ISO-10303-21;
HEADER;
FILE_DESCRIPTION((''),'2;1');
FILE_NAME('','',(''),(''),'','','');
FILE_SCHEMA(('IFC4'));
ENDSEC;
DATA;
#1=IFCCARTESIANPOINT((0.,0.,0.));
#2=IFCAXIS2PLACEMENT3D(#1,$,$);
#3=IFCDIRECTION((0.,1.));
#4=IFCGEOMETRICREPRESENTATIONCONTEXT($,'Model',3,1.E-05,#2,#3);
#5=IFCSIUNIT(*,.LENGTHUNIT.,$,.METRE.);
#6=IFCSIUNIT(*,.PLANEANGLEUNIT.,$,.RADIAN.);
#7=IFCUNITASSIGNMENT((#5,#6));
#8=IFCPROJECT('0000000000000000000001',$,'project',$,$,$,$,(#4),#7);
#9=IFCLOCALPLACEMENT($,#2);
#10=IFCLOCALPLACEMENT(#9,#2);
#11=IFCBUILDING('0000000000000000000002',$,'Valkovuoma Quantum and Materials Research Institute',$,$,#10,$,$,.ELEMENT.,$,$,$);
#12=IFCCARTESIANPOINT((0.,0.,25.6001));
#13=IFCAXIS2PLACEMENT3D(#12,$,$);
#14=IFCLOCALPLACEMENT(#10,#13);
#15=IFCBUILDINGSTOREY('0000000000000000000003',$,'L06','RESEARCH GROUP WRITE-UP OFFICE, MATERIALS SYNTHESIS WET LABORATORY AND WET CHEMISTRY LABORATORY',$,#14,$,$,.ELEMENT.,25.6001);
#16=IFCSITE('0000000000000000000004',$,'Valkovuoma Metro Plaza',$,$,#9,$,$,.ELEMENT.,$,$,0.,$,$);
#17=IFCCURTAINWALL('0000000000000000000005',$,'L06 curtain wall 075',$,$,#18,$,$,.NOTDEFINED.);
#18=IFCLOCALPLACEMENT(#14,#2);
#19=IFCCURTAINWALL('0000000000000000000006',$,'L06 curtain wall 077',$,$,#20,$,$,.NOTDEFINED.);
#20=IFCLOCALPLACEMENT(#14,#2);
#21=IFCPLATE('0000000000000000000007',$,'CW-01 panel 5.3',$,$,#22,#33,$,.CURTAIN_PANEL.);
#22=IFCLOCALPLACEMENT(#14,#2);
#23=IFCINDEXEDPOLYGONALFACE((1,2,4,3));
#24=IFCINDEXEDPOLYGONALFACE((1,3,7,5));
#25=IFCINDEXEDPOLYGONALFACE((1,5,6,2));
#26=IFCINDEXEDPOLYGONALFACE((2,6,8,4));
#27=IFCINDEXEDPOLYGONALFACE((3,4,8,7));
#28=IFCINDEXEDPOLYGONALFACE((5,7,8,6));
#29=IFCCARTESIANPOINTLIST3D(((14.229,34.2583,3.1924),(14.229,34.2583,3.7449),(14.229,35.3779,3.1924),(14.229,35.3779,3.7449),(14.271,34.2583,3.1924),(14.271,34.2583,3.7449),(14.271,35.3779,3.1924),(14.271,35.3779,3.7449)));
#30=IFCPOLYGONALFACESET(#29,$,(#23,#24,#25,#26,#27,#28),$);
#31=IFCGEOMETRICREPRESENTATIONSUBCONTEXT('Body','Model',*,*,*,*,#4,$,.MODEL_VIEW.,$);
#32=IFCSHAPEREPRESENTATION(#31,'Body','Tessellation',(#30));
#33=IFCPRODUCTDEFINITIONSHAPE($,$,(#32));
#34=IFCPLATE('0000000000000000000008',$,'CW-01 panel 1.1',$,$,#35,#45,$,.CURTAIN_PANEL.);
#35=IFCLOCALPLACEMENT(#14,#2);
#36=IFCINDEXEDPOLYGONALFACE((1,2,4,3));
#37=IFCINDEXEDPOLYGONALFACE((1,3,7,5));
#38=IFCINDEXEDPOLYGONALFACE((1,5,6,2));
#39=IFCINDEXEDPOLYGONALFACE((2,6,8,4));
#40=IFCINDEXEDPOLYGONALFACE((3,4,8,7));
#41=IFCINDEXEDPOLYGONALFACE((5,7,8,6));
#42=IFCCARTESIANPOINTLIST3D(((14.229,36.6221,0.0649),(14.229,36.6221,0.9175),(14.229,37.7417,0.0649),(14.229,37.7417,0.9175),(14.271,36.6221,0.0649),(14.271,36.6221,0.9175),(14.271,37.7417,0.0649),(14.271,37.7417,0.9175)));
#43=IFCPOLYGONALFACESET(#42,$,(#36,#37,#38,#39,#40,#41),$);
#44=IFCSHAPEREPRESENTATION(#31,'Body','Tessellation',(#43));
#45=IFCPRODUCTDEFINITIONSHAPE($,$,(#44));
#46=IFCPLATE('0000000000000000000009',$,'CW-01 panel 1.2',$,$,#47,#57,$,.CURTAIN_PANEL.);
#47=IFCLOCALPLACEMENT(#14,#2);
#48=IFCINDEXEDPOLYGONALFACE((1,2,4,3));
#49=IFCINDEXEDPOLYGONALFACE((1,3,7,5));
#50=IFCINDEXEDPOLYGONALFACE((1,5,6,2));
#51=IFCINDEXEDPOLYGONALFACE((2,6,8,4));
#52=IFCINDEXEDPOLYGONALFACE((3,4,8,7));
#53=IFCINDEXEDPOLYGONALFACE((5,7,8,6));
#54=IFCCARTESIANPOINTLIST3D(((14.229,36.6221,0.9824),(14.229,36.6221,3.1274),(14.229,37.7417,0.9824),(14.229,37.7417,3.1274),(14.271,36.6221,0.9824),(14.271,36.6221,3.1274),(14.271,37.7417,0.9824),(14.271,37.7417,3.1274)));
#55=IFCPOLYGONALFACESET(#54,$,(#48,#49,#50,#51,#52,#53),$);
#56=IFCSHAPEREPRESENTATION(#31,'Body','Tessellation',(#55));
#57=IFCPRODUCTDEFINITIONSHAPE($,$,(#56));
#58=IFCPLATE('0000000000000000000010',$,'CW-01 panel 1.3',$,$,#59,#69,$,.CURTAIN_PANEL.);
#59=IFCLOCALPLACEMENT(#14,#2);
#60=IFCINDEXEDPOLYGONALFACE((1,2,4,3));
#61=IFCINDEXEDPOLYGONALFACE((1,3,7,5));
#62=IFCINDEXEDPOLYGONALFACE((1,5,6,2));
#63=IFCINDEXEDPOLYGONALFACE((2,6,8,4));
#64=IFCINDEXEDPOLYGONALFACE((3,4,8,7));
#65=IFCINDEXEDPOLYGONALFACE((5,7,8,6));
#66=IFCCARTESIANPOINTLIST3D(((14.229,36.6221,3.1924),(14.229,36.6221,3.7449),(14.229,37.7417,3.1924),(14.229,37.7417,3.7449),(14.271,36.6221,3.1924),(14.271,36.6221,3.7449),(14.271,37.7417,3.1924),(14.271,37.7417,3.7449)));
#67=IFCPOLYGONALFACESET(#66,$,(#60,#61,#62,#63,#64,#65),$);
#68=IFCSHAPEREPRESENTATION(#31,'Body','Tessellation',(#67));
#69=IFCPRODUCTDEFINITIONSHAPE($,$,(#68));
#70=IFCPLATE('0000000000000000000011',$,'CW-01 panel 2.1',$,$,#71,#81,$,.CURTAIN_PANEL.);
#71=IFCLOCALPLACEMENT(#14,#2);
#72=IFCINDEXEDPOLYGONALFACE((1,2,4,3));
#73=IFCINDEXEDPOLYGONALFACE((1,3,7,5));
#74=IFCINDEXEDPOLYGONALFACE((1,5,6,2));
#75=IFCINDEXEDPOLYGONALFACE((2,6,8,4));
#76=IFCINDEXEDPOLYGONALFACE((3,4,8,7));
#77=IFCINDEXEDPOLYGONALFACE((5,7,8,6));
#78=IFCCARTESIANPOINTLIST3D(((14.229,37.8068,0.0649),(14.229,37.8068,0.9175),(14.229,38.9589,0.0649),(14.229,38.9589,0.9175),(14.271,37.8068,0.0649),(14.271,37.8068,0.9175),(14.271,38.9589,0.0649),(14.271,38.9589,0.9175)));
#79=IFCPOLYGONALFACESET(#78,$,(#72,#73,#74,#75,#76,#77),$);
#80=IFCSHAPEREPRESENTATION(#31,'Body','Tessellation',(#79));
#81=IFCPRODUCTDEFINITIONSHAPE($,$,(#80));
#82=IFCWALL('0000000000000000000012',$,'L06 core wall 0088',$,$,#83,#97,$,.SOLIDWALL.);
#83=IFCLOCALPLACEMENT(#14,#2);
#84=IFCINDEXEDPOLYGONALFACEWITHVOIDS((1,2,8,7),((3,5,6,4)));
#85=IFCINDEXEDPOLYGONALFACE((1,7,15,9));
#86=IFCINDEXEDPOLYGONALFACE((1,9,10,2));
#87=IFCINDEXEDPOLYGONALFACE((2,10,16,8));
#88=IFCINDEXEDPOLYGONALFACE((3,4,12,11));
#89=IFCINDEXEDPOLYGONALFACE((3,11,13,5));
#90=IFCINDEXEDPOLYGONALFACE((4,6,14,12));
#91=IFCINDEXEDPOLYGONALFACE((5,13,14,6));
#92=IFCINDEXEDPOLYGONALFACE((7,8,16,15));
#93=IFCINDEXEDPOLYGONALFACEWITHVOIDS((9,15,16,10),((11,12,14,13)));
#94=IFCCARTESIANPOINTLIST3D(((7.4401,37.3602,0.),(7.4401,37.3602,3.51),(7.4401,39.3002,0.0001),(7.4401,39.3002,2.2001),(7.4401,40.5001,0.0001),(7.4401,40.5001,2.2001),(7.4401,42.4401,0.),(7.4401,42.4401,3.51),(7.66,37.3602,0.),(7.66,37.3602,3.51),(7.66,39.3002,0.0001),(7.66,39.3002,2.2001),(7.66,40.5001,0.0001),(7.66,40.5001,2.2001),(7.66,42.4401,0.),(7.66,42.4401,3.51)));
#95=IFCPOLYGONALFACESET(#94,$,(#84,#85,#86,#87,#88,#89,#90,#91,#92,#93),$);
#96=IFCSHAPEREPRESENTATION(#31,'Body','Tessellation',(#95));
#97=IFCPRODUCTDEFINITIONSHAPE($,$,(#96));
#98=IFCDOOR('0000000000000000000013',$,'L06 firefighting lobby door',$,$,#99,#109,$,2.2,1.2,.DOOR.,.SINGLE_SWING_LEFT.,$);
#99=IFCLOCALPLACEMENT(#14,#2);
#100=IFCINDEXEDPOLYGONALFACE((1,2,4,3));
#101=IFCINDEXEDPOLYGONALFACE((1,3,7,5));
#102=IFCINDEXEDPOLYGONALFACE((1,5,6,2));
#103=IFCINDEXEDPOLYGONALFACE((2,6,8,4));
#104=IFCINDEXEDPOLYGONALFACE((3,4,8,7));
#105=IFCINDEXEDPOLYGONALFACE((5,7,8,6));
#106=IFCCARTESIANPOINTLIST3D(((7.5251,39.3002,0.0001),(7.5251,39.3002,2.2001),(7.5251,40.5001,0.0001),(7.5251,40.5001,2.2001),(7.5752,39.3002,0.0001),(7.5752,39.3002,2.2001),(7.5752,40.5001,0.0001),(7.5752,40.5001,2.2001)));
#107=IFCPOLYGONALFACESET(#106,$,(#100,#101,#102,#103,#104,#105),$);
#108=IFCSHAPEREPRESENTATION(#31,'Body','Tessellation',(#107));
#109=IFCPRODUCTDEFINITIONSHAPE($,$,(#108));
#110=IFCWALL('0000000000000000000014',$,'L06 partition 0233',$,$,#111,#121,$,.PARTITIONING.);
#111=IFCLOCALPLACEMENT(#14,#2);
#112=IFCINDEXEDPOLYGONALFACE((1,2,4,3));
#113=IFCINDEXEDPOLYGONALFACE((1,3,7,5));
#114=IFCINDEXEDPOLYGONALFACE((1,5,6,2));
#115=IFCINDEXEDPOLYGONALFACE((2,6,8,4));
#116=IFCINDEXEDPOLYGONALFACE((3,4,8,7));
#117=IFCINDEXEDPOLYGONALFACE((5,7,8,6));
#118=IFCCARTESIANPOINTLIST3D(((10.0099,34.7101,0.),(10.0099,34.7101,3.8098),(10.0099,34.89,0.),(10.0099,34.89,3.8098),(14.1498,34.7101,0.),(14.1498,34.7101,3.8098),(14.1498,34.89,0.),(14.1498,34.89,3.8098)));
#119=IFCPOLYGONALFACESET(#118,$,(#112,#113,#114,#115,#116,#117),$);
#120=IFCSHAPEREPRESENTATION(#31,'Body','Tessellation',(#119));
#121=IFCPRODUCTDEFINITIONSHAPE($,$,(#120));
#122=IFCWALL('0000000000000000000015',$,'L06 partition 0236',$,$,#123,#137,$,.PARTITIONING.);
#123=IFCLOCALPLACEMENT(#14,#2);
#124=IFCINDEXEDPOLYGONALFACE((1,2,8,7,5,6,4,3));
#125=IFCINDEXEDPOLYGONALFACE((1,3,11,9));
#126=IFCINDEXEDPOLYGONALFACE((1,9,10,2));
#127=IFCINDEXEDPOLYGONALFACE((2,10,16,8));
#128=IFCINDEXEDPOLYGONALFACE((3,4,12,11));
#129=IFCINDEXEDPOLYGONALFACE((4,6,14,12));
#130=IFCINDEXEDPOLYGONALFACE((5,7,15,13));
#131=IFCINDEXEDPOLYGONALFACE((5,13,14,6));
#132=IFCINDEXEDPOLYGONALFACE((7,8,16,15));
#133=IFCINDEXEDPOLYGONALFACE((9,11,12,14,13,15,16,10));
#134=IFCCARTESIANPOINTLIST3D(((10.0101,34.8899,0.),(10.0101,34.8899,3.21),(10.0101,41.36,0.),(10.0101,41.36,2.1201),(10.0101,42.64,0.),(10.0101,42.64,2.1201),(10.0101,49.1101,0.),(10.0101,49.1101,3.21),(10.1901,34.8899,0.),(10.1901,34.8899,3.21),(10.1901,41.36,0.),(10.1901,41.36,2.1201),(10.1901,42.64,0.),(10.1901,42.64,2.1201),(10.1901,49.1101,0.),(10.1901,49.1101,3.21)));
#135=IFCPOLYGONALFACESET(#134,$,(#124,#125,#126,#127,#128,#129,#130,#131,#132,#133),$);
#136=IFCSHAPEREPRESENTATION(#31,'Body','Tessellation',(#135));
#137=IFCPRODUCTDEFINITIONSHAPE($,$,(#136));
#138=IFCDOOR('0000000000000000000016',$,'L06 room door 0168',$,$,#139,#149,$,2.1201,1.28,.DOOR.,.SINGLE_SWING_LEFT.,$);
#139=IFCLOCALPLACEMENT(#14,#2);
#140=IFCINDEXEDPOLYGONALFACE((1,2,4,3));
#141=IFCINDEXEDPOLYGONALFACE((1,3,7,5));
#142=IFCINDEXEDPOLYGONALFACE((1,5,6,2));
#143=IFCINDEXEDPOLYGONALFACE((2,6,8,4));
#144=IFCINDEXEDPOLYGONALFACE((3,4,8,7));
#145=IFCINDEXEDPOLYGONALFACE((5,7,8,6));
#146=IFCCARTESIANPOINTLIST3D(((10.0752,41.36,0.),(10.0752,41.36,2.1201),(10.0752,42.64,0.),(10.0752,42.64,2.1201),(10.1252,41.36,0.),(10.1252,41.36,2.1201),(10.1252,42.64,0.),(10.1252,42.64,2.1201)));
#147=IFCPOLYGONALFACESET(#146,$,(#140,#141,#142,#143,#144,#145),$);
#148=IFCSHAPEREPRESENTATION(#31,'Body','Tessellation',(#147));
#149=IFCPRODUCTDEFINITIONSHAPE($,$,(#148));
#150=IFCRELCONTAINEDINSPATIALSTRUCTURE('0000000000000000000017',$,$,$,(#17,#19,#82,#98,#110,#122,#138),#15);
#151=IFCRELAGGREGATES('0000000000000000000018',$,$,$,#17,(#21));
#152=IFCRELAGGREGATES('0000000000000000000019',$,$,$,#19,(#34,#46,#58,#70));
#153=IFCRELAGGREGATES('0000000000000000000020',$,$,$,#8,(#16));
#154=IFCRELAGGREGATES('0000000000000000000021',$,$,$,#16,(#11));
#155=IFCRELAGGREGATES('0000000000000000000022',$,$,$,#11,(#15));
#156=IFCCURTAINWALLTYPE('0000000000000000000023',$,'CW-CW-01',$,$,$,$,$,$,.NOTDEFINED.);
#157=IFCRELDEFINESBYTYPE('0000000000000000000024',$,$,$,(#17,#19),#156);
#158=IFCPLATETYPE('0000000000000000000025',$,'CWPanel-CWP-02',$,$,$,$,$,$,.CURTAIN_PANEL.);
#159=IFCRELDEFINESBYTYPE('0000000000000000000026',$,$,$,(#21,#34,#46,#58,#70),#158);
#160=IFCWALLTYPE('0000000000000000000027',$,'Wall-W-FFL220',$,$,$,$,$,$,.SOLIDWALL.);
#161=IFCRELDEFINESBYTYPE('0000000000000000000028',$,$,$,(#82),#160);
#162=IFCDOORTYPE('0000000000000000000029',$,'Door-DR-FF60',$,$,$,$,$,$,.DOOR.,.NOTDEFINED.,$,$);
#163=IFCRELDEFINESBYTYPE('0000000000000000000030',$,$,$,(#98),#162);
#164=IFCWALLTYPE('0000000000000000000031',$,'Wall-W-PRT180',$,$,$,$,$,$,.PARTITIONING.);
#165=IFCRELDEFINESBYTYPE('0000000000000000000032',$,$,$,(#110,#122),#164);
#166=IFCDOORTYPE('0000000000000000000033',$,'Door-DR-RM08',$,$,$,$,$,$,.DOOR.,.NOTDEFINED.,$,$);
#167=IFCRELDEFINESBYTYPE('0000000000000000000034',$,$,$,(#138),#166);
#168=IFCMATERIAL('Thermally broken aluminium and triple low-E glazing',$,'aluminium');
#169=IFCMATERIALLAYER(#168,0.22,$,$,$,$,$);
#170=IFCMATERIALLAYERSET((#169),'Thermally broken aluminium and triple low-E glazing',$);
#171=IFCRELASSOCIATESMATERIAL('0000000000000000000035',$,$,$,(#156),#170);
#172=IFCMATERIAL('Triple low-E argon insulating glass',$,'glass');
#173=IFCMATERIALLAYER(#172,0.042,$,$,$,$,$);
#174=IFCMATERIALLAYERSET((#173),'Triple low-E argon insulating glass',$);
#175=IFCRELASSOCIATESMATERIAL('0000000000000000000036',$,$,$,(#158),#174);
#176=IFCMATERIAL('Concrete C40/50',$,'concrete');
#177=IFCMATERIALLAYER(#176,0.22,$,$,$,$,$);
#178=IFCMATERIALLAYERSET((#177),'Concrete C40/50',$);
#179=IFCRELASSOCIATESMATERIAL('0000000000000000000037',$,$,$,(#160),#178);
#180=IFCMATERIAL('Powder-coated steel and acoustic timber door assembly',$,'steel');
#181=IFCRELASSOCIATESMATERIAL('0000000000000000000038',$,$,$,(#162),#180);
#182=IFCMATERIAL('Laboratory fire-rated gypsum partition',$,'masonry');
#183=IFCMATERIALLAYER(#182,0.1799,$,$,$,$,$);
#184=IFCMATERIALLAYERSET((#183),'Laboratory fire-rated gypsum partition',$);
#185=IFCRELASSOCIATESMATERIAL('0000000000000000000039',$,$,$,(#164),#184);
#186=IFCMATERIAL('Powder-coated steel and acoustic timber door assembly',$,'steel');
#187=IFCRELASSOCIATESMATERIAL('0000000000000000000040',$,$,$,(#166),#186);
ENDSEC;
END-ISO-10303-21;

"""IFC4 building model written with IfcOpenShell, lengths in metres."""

from ifc_helpers import new_model, si_unit, direction, frame, frame_2d, origin, origin_2d, place, context, subcontext, project, spatial, rectangle, extrude, material, layer, layer_set, type_object, element, fill, aggregate, save


model = new_model("IFC4")

# Units and contexts
model_context = context("Model", 3, precision=1e-05, world=origin(), true_north=direction((0.0, 1.0)))
body_context = subcontext(model_context, "Body", "Model", "MODEL_VIEW")
ifc_project = project(units=[si_unit("LENGTHUNIT", "METRE"), si_unit("PLANEANGLEUNIT", "RADIAN")], contexts=[model_context])

# Site, building, storey
site_placement = place(None, origin())
site = spatial("IfcSite", under=ifc_project, at=site_placement, Name="Valkovuoma Metro Plaza", CompositionType="ELEMENT", RefElevation=0.0)
building_placement = place(site_placement, origin())
building = spatial("IfcBuilding", under=site, at=building_placement, Name="Valkovuoma Quantum and Materials Research Institute", CompositionType="ELEMENT")
storey_placement = place(building_placement, frame((0.0, 0.0, 25.6001)))
storey = spatial("IfcBuildingStorey", under=building, at=storey_placement, Name="L06", Description="RESEARCH GROUP WRITE-UP OFFICE, MATERIALS SYNTHESIS WET LABORATORY AND WET CHEMISTRY LABORATORY", CompositionType="ELEMENT", Elevation=25.6001)

# Curtain wall
ifc_material_1 = material(Name="Thermally broken aluminium and triple low-E glazing", Category="aluminium")
ifc_layer_1 = layer(ifc_material_1, 0.22)
ifc_layer_set_1 = layer_set([ifc_layer_1], Name="Thermally broken aluminium and triple low-E glazing")
curtain_wall_type = type_object("IfcCurtainWallType", Name="CW-CW-01", PredefinedType="NOTDEFINED", material=ifc_layer_set_1)
curtain_wall_1_placement = place(storey_placement, origin())
curtain_wall_1 = element("IfcCurtainWall", 1, at=curtain_wall_1_placement, inside=storey, type_object=curtain_wall_type, Name="L06 curtain wall 075", PredefinedType="NOTDEFINED")

# Curtain wall
curtain_wall_2_placement = place(storey_placement, origin())
curtain_wall_2 = element("IfcCurtainWall", 2, at=curtain_wall_2_placement, inside=storey, type_object=curtain_wall_type, Name="L06 curtain wall 077", PredefinedType="NOTDEFINED")

# Plates
ifc_material_2 = material(Name="Triple low-E argon insulating glass", Category="glass")
ifc_layer_2 = layer(ifc_material_2, 0.042)
ifc_layer_set_2 = layer_set([ifc_layer_2], Name="Triple low-E argon insulating glass")
plate_type = type_object("IfcPlateType", Name="CWPanel-CWP-02", PredefinedType="CURTAIN_PANEL", material=ifc_layer_set_2)
plate_1_placement = place(storey_placement, frame((14.25, 34.8181, 3.1924), z_axis=(0.0, 0.0, 1.0), x_axis=(0.0, 1.0, 0.0)))
plate_1 = element("IfcPlate", 3, at=plate_1_placement, type_object=plate_type, Name="CW-01 panel 5.3", PredefinedType="CURTAIN_PANEL", context=body_context, shape_type="SweptSolid", body=[
    extrude(rectangle(XDim=1.1196, YDim=0.042, at=origin_2d()), origin(), (0.0, 0.0, 1.0), 0.5525),
])
aggregate(curtain_wall_1, [plate_1])
plate_2_placement = place(storey_placement, frame((14.25, 37.1819, 0.0649), z_axis=(0.0, 0.0, 1.0), x_axis=(0.0, 1.0, 0.0)))
plate_2 = element("IfcPlate", 4, at=plate_2_placement, type_object=plate_type, Name="CW-01 panel 1.1", PredefinedType="CURTAIN_PANEL", context=body_context, shape_type="SweptSolid", body=[
    extrude(rectangle(XDim=1.1196, YDim=0.042, at=origin_2d()), origin(), (0.0, 0.0, 1.0), 0.8525),
])
plate_3_placement = place(storey_placement, frame((14.25, 37.1819, 0.9824), z_axis=(0.0, 0.0, 1.0), x_axis=(0.0, 1.0, 0.0)))
plate_3 = element("IfcPlate", 5, at=plate_3_placement, type_object=plate_type, Name="CW-01 panel 1.2", PredefinedType="CURTAIN_PANEL", context=body_context, shape_type="SweptSolid", body=[
    extrude(rectangle(XDim=1.1196, YDim=0.042, at=origin_2d()), origin(), (0.0, 0.0, 1.0), 2.145),
])
plate_4_placement = place(storey_placement, frame((14.25, 37.1819, 3.1924), z_axis=(0.0, 0.0, 1.0), x_axis=(0.0, 1.0, 0.0)))
plate_4 = element("IfcPlate", 6, at=plate_4_placement, type_object=plate_type, Name="CW-01 panel 1.3", PredefinedType="CURTAIN_PANEL", context=body_context, shape_type="SweptSolid", body=[
    extrude(rectangle(XDim=1.1196, YDim=0.042, at=origin_2d()), origin(), (0.0, 0.0, 1.0), 0.5525),
])
plate_5_placement = place(storey_placement, frame((14.25, 38.3828, 0.0649), z_axis=(0.0, 0.0, 1.0), x_axis=(0.0, 1.0, 0.0)))
plate_5 = element("IfcPlate", 7, at=plate_5_placement, type_object=plate_type, Name="CW-01 panel 2.1", PredefinedType="CURTAIN_PANEL", context=body_context, shape_type="SweptSolid", body=[
    extrude(rectangle(XDim=1.1521, YDim=0.042, at=origin_2d()), origin(), (0.0, 0.0, 1.0), 0.8525),
])
aggregate(curtain_wall_2, [plate_2, plate_3, plate_4, plate_5])

# Wall, opening, door
ifc_material_3 = material(Name="Concrete C40/50", Category="concrete")
ifc_layer_3 = layer(ifc_material_3, 0.22)
ifc_layer_set_3 = layer_set([ifc_layer_3], Name="Concrete C40/50")
wall_type_1 = type_object("IfcWallType", Name="Wall-W-FFL220", PredefinedType="SOLIDWALL", material=ifc_layer_set_3)
wall_1_placement = place(storey_placement, frame((7.55, 37.3601, 0.0), z_axis=(0.0, 0.0, 1.0), x_axis=(0.0, 1.0, 0.0)))
wall_1 = element("IfcWall", 8, at=wall_1_placement, inside=storey, type_object=wall_type_1, Name="L06 core wall 0088", PredefinedType="SOLIDWALL", context=body_context, shape_type="SweptSolid", body=[
    extrude(rectangle(XDim=5.0798, YDim=0.22, at=frame_2d((2.54, 0.0))), origin(), (0.0, 0.0, 1.0), 3.51),
])
opening_1_placement = place(wall_1_placement, frame((1.9399, 0.0, 0.0)))
opening_1 = element("IfcOpeningElement", 9, at=opening_1_placement, cuts=wall_1, PredefinedType="OPENING", context=body_context, shape_type="SweptSolid", body=[
    extrude(rectangle(XDim=1.2, YDim=2.2, at=frame_2d((0.6001, 1.1001))), frame((0.0, 0.1201, 0.0), z_axis=(0.0, -1.0, 0.0), x_axis=(1.0, 0.0, 0.0)), (0.0, 0.0, 1.0), 0.24),
])
ifc_material_4 = material(Name="Powder-coated steel and acoustic timber door assembly", Category="steel")
door_type_1 = type_object("IfcDoorType", Name="Door-DR-FF60", OperationType="NOTDEFINED", PredefinedType="DOOR", material=ifc_material_4)
door_1_placement = place(opening_1_placement, origin())
door_1 = element("IfcDoor", 10, at=door_1_placement, inside=storey, type_object=door_type_1, Name="L06 firefighting lobby door", OperationType="SINGLE_SWING_LEFT", OverallHeight=2.2, OverallWidth=1.2, PredefinedType="DOOR", context=body_context, shape_type="SweptSolid", body=[
    extrude(rectangle(XDim=1.2, YDim=2.2, at=frame_2d((0.6001, 1.1001))), frame((0.0, 0.0249, 0.0), z_axis=(0.0, -1.0, 0.0), x_axis=(1.0, 0.0, 0.0)), (0.0, 0.0, 1.0), 0.05),
])
fill(opening_1, door_1)

# Wall
ifc_material_5 = material(Name="Laboratory fire-rated gypsum partition", Category="masonry")
ifc_layer_4 = layer(ifc_material_5, 0.1799)
ifc_layer_set_4 = layer_set([ifc_layer_4], Name="Laboratory fire-rated gypsum partition")
wall_type_2 = type_object("IfcWallType", Name="Wall-W-PRT180", PredefinedType="PARTITIONING", material=ifc_layer_set_4)
wall_2_placement = place(storey_placement, frame((10.01, 34.8, 0.0), z_axis=(0.0, 0.0, 1.0), x_axis=(1.0, 0.0, 0.0)))
element("IfcWall", 11, at=wall_2_placement, inside=storey, type_object=wall_type_2, Name="L06 partition 0233", PredefinedType="PARTITIONING", context=body_context, shape_type="SweptSolid", body=[
    extrude(rectangle(XDim=4.1399, YDim=0.1799, at=frame_2d((2.0698, 0.0))), origin(), (0.0, 0.0, 1.0), 3.8098),
])

# Wall, opening, door
wall_3_placement = place(storey_placement, frame((10.1001, 34.8899, 0.0), z_axis=(0.0, 0.0, 1.0), x_axis=(0.0, 1.0, 0.0)))
wall_3 = element("IfcWall", 12, at=wall_3_placement, inside=storey, type_object=wall_type_2, Name="L06 partition 0236", PredefinedType="PARTITIONING", context=body_context, shape_type="SweptSolid", body=[
    extrude(rectangle(XDim=14.2202, YDim=0.1799, at=frame_2d((7.1101, 0.0))), origin(), (0.0, 0.0, 1.0), 3.21),
])
opening_2_placement = place(wall_3_placement, frame((6.47, 0.0, 0.0)))
opening_2 = element("IfcOpeningElement", 13, at=opening_2_placement, cuts=wall_3, PredefinedType="OPENING", context=body_context, shape_type="SweptSolid", body=[
    extrude(rectangle(XDim=1.28, YDim=2.1201, at=frame_2d((0.6401, 1.0601))), frame((0.0, 0.1001, 0.0), z_axis=(0.0, -1.0, 0.0), x_axis=(1.0, 0.0, 0.0)), (0.0, 0.0, 1.0), 0.2),
])
ifc_material_6 = material(Name="Powder-coated steel and acoustic timber door assembly", Category="steel")
door_type_2 = type_object("IfcDoorType", Name="Door-DR-RM08", OperationType="NOTDEFINED", PredefinedType="DOOR", material=ifc_material_6)
door_2_placement = place(opening_2_placement, origin())
door_2 = element("IfcDoor", 14, at=door_2_placement, inside=storey, type_object=door_type_2, Name="L06 room door 0168", OperationType="SINGLE_SWING_LEFT", OverallHeight=2.1201, OverallWidth=1.28, PredefinedType="DOOR", context=body_context, shape_type="SweptSolid", body=[
    extrude(rectangle(XDim=1.28, YDim=2.1201, at=frame_2d((0.6401, 1.0601))), frame((0.0, 0.0249, 0.0), z_axis=(0.0, -1.0, 0.0), x_axis=(1.0, 0.0, 0.0)), (0.0, 0.0, 1.0), 0.05),
])
fill(opening_2, door_2)

save(model, "model.ifc")
